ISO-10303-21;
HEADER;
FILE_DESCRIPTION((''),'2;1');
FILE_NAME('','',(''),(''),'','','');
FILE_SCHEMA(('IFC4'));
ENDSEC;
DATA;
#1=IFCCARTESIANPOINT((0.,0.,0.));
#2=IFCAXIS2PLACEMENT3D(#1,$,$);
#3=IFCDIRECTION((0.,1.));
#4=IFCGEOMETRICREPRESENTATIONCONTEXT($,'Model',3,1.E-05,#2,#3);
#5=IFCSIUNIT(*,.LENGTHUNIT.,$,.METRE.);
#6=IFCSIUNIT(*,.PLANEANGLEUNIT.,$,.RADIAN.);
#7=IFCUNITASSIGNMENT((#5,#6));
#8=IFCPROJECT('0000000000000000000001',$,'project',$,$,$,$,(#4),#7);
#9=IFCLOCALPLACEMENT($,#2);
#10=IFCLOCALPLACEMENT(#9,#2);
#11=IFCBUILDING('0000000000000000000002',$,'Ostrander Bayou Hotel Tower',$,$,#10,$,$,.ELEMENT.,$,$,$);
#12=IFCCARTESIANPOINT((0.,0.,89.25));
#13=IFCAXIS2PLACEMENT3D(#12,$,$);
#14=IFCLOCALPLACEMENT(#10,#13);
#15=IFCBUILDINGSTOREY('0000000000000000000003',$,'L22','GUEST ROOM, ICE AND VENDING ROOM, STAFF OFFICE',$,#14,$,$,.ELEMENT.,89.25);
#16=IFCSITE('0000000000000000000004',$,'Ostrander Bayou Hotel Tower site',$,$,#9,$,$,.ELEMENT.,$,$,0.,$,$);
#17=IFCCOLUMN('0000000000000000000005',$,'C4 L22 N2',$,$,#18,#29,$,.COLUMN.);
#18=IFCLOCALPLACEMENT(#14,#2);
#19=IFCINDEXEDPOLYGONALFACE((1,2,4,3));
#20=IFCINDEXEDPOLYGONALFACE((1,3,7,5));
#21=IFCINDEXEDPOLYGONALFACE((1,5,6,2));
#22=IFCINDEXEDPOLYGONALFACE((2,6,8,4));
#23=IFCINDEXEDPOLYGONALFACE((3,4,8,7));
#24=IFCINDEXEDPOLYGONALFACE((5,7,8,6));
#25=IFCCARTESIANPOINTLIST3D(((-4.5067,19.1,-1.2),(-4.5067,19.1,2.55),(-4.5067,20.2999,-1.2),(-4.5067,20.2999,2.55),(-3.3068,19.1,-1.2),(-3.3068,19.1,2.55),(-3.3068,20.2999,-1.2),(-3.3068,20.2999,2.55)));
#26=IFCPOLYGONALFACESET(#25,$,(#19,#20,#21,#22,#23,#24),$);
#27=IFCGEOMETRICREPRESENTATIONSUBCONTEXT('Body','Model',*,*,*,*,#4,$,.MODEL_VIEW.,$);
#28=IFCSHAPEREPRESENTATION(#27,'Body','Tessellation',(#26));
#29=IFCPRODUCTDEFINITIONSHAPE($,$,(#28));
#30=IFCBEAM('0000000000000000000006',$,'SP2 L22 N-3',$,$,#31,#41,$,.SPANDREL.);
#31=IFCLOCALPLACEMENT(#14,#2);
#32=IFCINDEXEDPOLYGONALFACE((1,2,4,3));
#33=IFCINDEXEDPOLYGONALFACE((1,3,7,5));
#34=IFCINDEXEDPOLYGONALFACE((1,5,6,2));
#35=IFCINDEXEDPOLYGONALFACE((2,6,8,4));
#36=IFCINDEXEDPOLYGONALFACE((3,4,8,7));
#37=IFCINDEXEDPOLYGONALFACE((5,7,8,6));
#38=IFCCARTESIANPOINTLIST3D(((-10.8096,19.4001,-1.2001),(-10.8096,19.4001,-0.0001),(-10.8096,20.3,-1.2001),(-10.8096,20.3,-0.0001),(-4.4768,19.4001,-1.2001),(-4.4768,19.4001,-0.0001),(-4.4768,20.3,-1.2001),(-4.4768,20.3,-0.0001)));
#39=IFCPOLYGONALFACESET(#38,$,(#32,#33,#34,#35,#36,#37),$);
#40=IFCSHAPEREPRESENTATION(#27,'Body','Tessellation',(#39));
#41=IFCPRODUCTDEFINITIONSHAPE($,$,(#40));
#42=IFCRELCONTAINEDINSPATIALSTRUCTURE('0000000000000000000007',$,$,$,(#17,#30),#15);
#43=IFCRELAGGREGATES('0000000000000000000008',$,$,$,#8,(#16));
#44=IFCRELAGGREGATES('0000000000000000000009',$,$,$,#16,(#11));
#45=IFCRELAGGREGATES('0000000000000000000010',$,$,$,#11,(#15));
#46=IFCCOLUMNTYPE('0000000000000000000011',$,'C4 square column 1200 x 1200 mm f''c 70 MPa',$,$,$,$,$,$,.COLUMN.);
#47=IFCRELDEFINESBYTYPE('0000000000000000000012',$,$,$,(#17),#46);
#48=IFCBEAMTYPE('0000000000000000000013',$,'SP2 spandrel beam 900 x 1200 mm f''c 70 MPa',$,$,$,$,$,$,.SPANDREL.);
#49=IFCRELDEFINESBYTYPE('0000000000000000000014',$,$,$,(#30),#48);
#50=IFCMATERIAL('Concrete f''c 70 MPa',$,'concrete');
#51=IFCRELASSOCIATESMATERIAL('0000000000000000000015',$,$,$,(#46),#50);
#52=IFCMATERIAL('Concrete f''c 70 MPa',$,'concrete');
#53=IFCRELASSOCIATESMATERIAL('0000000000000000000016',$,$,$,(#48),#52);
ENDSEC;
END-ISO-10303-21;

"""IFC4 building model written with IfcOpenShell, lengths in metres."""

from ifc_helpers import new_model, si_unit, direction, frame, origin, origin_2d, place, context, subcontext, project, spatial, rectangle, extrude, material, material_profile, profile_set, type_object, element, save


model = new_model("IFC4")

# Units and contexts
model_context = context("Model", 3, precision=1e-05, world=origin(), true_north=direction((0.0, 1.0)))
body_context = subcontext(model_context, "Body", "Model", "MODEL_VIEW")
ifc_project = project(units=[si_unit("LENGTHUNIT", "METRE"), si_unit("PLANEANGLEUNIT", "RADIAN")], contexts=[model_context])

# Site, building, storey
site_placement = place(None, origin())
site = spatial("IfcSite", under=ifc_project, at=site_placement, Name="Ostrander Bayou Hotel Tower site", CompositionType="ELEMENT", RefElevation=0.0)
building_placement = place(site_placement, origin())
building = spatial("IfcBuilding", under=site, at=building_placement, Name="Ostrander Bayou Hotel Tower", CompositionType="ELEMENT")
storey_placement = place(building_placement, frame((0.0, 0.0, 89.25)))
storey = spatial("IfcBuildingStorey", under=building, at=storey_placement, Name="L22", Description="GUEST ROOM, ICE AND VENDING ROOM, STAFF OFFICE", CompositionType="ELEMENT", Elevation=89.25)

# Column
ifc_material_1 = material(Name="Concrete f'c 70 MPa", Category="concrete")
ifc_material_profile_1 = material_profile(ifc_material_1, rectangle(XDim=1.2, YDim=1.2, at=origin_2d()))
ifc_profile_set_1 = profile_set([ifc_material_profile_1], Name="Concrete f'c 70 MPa")
column_type = type_object("IfcColumnType", Name="C4 square column 1200 x 1200 mm f'c 70 MPa", PredefinedType="COLUMN", material=ifc_profile_set_1)
column_placement = place(storey_placement, frame((-3.9067, 19.7, -1.2), z_axis=(0.0, 0.0, 1.0), x_axis=(1.0, 0.0, 0.0)))
element("IfcColumn", 1, at=column_placement, inside=storey, type_object=column_type, Name="C4 L22 N2", PredefinedType="COLUMN", context=body_context, shape_type="SweptSolid", body=[
    extrude(rectangle(XDim=1.2, YDim=1.2, at=origin_2d()), origin(), (0.0, 0.0, 1.0), 3.75),
])

# Beam
ifc_material_2 = material(Name="Concrete f'c 70 MPa", Category="concrete")
ifc_material_profile_2 = material_profile(ifc_material_2, rectangle(XDim=0.8999, YDim=1.2, at=origin_2d()))
ifc_profile_set_2 = profile_set([ifc_material_profile_2], Name="Concrete f'c 70 MPa")
beam_type = type_object("IfcBeamType", Name="SP2 spandrel beam 900 x 1200 mm f'c 70 MPa", PredefinedType="SPANDREL", material=ifc_profile_set_2)
beam_placement = place(storey_placement, frame((-4.4768, 19.8501, -0.6001), z_axis=(-1.0, 0.0, 0.0), x_axis=(0.0, -1.0, 0.0)))
element("IfcBeam", 2, at=beam_placement, inside=storey, type_object=beam_type, Name="SP2 L22 N-3", PredefinedType="SPANDREL", context=body_context, shape_type="SweptSolid", body=[
    extrude(rectangle(XDim=0.8999, YDim=1.2, at=origin_2d()), origin(), (0.0, 0.0, 1.0), 6.3328),
])

save(model, "model.ifc")
